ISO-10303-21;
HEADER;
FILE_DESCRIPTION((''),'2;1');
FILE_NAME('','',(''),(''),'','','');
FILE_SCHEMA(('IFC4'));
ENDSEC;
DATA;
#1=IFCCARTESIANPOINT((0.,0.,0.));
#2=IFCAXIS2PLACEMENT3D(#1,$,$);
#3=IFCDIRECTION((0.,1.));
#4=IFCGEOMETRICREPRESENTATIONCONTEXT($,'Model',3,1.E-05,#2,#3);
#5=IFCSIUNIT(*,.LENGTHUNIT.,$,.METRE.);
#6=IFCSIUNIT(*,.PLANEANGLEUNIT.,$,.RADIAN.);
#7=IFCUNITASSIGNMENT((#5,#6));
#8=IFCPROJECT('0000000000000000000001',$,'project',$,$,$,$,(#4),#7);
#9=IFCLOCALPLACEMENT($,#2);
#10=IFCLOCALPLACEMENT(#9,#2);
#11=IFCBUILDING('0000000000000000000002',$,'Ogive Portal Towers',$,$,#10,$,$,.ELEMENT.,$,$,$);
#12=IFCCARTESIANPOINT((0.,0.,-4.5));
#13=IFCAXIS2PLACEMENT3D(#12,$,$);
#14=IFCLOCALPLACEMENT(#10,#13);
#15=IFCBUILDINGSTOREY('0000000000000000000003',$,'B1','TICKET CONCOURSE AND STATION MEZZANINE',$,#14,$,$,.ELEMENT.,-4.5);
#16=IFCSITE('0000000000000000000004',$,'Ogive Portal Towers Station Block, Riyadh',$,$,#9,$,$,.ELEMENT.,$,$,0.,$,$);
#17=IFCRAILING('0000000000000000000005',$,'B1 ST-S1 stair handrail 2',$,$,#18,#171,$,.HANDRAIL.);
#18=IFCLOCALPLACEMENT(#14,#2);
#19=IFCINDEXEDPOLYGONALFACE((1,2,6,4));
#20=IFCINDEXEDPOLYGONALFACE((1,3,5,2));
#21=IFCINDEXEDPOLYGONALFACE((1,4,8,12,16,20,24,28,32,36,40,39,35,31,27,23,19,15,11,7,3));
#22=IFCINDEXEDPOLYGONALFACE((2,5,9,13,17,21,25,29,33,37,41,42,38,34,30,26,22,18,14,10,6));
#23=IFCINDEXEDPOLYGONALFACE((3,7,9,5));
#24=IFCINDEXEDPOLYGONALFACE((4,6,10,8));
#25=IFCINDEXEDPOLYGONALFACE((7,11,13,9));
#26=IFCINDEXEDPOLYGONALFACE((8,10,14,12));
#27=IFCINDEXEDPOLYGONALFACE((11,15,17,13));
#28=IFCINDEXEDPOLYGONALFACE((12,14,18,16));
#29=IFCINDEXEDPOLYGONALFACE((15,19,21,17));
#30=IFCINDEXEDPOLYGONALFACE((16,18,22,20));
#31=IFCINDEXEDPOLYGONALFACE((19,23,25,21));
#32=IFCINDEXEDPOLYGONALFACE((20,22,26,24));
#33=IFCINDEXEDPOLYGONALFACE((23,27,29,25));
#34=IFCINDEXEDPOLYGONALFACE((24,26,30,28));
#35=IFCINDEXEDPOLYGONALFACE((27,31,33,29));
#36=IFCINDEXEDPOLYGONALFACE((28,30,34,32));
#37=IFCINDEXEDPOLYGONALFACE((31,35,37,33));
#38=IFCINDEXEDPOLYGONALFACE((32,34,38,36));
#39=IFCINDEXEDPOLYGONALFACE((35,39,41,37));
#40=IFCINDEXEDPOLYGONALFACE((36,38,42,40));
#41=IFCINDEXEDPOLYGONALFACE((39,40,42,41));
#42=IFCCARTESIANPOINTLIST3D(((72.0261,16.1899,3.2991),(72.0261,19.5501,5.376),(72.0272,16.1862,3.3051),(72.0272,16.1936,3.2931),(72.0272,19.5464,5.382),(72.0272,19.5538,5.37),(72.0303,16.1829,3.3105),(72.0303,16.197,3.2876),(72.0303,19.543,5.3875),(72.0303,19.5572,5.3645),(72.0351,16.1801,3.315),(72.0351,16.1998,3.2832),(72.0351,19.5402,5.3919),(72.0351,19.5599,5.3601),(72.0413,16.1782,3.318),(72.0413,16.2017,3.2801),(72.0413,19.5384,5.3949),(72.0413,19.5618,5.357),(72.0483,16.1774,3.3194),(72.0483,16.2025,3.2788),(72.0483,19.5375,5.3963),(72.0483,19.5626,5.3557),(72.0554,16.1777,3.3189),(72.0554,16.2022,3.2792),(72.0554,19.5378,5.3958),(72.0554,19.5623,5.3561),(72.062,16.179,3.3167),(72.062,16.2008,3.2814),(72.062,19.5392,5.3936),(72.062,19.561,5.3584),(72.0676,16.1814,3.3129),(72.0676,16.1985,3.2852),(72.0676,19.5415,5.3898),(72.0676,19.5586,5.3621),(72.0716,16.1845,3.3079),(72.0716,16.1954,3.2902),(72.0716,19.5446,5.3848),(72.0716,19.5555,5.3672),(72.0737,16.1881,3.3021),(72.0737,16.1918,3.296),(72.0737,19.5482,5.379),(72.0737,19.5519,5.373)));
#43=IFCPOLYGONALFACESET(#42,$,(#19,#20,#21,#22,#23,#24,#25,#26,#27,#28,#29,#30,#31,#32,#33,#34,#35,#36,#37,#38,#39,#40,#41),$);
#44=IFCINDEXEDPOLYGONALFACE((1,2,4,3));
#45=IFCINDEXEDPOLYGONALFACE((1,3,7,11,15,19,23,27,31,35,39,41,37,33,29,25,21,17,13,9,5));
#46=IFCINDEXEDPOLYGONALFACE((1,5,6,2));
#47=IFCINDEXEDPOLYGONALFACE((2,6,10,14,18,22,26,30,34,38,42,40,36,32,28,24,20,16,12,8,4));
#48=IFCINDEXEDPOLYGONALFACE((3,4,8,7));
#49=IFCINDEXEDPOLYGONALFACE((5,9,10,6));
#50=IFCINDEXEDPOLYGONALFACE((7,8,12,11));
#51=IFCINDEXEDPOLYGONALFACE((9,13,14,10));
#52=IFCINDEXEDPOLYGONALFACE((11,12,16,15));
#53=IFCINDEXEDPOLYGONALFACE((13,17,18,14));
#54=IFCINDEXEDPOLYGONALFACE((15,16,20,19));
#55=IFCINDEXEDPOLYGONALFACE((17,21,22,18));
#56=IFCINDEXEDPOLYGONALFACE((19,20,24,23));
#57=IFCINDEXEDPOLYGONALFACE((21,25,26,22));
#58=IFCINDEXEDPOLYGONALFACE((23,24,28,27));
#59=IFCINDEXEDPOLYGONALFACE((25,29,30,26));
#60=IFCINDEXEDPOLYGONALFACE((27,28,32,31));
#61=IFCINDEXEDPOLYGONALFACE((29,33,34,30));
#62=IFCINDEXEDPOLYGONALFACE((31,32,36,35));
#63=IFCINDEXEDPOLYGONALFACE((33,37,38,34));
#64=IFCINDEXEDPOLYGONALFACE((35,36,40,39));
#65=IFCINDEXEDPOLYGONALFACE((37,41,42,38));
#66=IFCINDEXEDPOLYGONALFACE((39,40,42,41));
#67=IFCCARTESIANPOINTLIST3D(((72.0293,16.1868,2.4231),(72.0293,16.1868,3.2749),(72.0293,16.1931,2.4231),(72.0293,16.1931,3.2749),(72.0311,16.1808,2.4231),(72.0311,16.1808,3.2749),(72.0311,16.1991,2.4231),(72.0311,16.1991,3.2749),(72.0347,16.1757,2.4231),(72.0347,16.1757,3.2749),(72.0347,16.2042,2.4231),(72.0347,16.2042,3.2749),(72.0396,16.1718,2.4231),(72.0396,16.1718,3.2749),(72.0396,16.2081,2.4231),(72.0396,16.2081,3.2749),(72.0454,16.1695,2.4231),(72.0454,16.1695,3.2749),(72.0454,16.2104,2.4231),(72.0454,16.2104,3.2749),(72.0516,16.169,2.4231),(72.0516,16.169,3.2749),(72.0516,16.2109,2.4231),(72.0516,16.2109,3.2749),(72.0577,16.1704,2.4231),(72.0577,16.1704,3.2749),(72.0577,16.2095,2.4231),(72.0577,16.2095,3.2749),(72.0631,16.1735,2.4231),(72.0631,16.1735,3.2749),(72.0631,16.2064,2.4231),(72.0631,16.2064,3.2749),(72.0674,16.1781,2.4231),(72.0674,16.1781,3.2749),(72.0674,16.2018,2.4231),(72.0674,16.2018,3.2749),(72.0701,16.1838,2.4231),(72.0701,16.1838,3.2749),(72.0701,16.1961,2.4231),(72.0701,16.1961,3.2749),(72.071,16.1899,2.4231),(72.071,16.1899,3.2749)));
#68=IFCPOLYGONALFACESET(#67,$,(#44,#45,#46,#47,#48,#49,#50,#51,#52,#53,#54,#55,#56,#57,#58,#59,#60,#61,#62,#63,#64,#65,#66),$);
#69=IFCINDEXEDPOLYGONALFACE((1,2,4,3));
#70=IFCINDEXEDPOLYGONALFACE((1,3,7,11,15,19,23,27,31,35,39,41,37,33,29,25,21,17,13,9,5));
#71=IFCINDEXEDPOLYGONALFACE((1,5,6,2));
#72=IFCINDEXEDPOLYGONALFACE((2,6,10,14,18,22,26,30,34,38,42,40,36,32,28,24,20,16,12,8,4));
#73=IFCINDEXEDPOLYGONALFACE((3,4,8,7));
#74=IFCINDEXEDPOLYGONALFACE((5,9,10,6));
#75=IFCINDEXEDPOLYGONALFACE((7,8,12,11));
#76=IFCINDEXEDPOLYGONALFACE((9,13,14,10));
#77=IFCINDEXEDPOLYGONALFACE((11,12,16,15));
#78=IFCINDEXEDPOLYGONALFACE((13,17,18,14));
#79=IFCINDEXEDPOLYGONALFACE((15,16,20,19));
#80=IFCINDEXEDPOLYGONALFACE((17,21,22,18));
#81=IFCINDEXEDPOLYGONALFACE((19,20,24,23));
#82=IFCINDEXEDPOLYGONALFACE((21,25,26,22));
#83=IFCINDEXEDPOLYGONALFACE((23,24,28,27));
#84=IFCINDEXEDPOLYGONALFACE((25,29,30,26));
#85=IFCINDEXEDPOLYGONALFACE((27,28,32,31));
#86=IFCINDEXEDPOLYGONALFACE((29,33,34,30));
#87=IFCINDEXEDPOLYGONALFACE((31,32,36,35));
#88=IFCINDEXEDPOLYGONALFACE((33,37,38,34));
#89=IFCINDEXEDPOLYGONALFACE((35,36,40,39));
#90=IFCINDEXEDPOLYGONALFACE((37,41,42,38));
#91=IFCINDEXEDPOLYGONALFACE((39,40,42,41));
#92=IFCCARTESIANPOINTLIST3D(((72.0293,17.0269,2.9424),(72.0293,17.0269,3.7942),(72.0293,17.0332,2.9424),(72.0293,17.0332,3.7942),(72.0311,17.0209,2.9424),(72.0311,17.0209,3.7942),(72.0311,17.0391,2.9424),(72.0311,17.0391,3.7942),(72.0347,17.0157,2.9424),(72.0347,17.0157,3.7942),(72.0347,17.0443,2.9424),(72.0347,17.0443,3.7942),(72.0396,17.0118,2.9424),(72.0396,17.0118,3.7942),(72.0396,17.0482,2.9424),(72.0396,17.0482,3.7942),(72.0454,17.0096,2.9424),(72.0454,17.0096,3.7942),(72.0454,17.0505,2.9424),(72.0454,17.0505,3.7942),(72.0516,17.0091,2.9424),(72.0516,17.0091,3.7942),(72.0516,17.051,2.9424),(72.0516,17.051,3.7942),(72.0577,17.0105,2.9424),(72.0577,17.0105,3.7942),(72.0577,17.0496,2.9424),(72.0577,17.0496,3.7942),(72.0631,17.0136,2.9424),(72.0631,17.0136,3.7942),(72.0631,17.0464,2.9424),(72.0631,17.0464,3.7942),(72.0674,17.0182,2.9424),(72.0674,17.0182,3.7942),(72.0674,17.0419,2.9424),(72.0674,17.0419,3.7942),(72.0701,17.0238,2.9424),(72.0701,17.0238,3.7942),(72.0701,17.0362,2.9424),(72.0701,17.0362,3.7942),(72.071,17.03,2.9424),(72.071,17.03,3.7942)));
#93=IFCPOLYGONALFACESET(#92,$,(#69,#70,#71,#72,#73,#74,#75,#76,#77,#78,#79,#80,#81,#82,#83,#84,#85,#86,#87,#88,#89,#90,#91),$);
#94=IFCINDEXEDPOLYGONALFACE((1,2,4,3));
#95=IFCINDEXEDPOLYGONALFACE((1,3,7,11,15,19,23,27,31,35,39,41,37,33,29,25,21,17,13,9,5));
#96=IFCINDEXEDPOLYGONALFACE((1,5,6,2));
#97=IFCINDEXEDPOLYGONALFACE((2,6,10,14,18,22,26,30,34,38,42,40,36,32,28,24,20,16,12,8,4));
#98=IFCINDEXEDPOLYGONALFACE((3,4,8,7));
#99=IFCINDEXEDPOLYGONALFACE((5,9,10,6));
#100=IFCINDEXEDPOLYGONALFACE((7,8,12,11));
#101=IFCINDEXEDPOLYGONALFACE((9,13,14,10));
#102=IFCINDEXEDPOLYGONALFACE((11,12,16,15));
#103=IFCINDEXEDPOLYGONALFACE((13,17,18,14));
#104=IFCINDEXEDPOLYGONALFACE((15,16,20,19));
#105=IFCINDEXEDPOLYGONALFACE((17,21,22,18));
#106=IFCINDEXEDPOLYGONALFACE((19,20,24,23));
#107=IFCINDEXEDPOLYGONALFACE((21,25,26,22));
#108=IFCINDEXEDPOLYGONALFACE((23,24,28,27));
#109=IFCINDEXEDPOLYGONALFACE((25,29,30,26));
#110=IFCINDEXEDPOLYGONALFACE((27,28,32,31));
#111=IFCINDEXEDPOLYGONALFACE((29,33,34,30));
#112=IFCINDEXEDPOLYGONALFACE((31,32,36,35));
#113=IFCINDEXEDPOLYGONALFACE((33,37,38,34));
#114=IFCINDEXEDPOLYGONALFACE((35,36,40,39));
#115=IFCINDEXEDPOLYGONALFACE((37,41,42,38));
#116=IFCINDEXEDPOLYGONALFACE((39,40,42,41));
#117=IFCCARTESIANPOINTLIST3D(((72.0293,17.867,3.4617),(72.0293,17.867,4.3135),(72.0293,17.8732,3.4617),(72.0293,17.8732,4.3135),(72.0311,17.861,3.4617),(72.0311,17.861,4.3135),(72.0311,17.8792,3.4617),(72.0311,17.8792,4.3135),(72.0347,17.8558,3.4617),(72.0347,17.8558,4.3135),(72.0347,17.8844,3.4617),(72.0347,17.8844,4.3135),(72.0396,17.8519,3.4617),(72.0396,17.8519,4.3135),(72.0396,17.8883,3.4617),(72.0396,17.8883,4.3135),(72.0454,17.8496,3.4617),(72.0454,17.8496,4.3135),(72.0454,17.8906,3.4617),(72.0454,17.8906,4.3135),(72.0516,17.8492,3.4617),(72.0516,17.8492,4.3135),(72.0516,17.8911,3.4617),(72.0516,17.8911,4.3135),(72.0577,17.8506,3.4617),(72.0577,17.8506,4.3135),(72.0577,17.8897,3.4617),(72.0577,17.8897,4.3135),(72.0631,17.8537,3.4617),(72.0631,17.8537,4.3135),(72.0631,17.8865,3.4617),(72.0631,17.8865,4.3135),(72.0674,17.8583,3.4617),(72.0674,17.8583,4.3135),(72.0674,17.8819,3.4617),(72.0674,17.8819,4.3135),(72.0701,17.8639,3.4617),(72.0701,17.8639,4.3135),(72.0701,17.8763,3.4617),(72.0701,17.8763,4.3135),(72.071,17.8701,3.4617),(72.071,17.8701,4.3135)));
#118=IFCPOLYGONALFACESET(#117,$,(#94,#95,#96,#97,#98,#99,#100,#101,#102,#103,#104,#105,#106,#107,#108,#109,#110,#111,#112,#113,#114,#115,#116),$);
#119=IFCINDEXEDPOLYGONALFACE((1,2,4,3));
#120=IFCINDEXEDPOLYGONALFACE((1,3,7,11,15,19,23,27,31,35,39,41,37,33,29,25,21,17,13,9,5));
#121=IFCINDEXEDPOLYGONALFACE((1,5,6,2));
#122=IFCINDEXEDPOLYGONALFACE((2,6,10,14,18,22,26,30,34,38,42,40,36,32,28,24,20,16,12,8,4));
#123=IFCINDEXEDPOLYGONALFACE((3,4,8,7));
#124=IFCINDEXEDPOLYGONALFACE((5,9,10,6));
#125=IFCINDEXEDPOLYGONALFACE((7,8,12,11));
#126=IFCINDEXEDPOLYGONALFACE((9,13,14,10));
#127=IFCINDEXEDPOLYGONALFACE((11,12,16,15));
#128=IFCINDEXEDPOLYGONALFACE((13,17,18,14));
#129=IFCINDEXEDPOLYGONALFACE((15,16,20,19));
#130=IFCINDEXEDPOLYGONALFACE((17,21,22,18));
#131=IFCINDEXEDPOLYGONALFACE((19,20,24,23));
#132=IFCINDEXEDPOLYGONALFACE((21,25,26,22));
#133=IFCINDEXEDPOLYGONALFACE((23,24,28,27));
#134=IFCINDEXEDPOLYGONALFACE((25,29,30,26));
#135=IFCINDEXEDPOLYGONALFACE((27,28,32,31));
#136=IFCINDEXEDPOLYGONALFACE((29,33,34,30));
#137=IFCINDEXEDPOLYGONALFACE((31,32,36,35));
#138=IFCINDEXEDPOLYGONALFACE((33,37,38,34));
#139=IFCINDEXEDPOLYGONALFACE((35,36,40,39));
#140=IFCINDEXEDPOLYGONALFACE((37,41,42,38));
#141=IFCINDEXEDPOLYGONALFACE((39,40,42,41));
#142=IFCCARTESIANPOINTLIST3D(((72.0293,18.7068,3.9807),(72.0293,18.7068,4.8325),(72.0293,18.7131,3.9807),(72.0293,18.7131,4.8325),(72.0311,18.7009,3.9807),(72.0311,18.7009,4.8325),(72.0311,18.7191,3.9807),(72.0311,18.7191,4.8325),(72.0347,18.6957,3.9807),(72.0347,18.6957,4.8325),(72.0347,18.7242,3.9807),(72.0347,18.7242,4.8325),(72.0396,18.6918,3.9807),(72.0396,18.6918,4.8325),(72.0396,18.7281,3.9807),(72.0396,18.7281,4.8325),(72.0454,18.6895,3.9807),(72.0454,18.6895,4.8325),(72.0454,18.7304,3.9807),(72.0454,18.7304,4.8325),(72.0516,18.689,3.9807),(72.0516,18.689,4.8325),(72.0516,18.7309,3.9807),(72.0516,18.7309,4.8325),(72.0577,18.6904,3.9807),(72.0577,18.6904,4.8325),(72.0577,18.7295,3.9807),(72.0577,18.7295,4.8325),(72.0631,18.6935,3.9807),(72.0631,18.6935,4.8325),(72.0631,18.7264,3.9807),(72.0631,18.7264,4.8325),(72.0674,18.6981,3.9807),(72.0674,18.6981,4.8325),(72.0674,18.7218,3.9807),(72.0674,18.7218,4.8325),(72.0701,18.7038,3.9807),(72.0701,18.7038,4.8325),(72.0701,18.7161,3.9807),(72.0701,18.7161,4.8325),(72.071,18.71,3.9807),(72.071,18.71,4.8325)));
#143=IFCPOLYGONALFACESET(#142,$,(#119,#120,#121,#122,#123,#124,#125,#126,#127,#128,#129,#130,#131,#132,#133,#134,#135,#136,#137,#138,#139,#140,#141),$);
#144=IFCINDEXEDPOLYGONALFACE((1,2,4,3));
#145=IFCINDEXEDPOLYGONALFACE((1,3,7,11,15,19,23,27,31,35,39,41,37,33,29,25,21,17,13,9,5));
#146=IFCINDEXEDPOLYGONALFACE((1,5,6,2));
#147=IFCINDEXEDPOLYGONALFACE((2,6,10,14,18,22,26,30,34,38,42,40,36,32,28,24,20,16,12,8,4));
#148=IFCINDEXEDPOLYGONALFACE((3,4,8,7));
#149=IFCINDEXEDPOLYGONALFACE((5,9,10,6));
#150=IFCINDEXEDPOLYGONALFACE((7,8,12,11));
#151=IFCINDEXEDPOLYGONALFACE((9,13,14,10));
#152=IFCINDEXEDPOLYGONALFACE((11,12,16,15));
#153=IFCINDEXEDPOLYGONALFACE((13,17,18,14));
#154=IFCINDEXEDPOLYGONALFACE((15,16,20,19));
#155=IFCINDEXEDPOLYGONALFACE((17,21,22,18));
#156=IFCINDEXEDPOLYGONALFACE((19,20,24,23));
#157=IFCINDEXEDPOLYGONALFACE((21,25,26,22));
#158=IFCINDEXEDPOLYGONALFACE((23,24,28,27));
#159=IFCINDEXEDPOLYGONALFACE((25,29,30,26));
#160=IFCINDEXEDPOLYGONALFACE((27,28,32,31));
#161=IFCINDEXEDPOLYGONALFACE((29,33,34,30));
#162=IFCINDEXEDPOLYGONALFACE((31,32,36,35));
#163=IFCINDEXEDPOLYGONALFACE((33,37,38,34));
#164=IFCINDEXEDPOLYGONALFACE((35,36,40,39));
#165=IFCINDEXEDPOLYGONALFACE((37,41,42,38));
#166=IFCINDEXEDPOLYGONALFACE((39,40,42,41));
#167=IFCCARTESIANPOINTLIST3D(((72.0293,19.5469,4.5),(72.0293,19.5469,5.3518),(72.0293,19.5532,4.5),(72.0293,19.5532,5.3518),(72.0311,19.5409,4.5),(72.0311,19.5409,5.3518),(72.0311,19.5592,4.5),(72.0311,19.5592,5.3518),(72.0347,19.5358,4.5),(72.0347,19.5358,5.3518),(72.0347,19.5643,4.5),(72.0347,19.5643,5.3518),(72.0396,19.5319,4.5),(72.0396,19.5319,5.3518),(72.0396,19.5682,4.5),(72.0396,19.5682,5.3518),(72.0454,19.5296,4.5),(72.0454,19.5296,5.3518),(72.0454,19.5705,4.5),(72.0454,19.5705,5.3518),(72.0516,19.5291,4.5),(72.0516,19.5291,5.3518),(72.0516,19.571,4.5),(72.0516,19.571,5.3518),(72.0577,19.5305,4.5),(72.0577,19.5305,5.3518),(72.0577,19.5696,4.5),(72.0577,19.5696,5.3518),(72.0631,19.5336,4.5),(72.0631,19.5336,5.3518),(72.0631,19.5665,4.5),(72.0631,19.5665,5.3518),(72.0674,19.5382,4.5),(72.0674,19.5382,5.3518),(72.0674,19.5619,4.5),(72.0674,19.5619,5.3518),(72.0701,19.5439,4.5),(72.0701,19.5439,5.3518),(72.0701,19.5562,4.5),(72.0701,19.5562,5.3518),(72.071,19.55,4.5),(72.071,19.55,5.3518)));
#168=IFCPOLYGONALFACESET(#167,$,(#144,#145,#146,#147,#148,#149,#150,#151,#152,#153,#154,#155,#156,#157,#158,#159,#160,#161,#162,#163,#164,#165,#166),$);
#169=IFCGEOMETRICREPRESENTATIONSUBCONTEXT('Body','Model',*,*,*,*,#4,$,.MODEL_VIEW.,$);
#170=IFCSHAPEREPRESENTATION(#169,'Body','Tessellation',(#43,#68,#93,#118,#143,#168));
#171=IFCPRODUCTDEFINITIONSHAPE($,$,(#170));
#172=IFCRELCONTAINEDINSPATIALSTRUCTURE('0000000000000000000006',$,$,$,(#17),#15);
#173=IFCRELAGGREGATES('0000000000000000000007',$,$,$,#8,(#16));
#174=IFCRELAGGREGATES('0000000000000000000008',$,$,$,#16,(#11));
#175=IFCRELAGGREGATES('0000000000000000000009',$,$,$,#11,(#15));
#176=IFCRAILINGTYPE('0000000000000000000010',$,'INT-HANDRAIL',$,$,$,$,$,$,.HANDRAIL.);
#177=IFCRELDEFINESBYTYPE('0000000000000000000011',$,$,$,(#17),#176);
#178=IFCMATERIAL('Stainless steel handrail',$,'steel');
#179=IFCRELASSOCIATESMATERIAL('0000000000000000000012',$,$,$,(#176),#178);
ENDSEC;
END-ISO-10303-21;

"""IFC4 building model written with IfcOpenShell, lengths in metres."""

from ifc_helpers import new_model, si_unit, direction, frame, origin, origin_2d, place, context, subcontext, project, spatial, circle, extrude, material, type_object, element, save


model = new_model("IFC4")

# Units and contexts
model_context = context("Model", 3, precision=1e-05, world=origin(), true_north=direction((0.0, 1.0)))
body_context = subcontext(model_context, "Body", "Model", "MODEL_VIEW")
ifc_project = project(units=[si_unit("LENGTHUNIT", "METRE"), si_unit("PLANEANGLEUNIT", "RADIAN")], contexts=[model_context])

# Site, building, storey
site_placement = place(None, origin())
site = spatial("IfcSite", under=ifc_project, at=site_placement, Name="Ogive Portal Towers Station Block, Riyadh", CompositionType="ELEMENT", RefElevation=0.0)
building_placement = place(site_placement, origin())
building = spatial("IfcBuilding", under=site, at=building_placement, Name="Ogive Portal Towers", CompositionType="ELEMENT")
storey_placement = place(building_placement, frame((0.0, 0.0, -4.5)))
storey = spatial("IfcBuildingStorey", under=building, at=storey_placement, Name="B1", Description="TICKET CONCOURSE AND STATION MEZZANINE", CompositionType="ELEMENT", Elevation=-4.5)

# Railing
ifc_material_1 = material(Name="Stainless steel handrail", Category="steel")
railing_type_1 = type_object("IfcRailingType", Name="INT-HANDRAIL", PredefinedType="HANDRAIL", material=ifc_material_1)
railing_1_placement = place(storey_placement, frame((72.05, 16.1899, 2.4231)))
element("IfcRailing", 1, at=railing_1_placement, inside=storey, type_object=railing_type_1, Name="B1 ST-S1 stair handrail 2", PredefinedType="HANDRAIL", context=body_context, shape_type="SweptSolid", body=[
    extrude(circle(Radius=0.0239, at=origin_2d()), frame((0.0, 0.0, 0.876), z_axis=(0.0, 0.850623, 0.525776), x_axis=(-1.0, 0.0, 0.0)), (0.0, 0.0, 1.0), 3.9502),
    extrude(circle(Radius=0.021, at=origin_2d()), origin(), (0.0, 0.0, 1.0), 0.8518),
    extrude(circle(Radius=0.021, at=origin_2d()), frame((0.0, 0.8401, 0.5193)), (0.0, 0.0, 1.0), 0.8518),
    extrude(circle(Radius=0.021, at=origin_2d()), frame((0.0, 1.6802, 1.0386)), (0.0, 0.0, 1.0), 0.8518),
    extrude(circle(Radius=0.021, at=origin_2d()), frame((0.0, 2.52, 1.5576)), (0.0, 0.0, 1.0), 0.8518),
    extrude(circle(Radius=0.021, at=origin_2d()), frame((0.0, 3.3601, 2.0769)), (0.0, 0.0, 1.0), 0.8518),
])

save(model, "model.ifc")
